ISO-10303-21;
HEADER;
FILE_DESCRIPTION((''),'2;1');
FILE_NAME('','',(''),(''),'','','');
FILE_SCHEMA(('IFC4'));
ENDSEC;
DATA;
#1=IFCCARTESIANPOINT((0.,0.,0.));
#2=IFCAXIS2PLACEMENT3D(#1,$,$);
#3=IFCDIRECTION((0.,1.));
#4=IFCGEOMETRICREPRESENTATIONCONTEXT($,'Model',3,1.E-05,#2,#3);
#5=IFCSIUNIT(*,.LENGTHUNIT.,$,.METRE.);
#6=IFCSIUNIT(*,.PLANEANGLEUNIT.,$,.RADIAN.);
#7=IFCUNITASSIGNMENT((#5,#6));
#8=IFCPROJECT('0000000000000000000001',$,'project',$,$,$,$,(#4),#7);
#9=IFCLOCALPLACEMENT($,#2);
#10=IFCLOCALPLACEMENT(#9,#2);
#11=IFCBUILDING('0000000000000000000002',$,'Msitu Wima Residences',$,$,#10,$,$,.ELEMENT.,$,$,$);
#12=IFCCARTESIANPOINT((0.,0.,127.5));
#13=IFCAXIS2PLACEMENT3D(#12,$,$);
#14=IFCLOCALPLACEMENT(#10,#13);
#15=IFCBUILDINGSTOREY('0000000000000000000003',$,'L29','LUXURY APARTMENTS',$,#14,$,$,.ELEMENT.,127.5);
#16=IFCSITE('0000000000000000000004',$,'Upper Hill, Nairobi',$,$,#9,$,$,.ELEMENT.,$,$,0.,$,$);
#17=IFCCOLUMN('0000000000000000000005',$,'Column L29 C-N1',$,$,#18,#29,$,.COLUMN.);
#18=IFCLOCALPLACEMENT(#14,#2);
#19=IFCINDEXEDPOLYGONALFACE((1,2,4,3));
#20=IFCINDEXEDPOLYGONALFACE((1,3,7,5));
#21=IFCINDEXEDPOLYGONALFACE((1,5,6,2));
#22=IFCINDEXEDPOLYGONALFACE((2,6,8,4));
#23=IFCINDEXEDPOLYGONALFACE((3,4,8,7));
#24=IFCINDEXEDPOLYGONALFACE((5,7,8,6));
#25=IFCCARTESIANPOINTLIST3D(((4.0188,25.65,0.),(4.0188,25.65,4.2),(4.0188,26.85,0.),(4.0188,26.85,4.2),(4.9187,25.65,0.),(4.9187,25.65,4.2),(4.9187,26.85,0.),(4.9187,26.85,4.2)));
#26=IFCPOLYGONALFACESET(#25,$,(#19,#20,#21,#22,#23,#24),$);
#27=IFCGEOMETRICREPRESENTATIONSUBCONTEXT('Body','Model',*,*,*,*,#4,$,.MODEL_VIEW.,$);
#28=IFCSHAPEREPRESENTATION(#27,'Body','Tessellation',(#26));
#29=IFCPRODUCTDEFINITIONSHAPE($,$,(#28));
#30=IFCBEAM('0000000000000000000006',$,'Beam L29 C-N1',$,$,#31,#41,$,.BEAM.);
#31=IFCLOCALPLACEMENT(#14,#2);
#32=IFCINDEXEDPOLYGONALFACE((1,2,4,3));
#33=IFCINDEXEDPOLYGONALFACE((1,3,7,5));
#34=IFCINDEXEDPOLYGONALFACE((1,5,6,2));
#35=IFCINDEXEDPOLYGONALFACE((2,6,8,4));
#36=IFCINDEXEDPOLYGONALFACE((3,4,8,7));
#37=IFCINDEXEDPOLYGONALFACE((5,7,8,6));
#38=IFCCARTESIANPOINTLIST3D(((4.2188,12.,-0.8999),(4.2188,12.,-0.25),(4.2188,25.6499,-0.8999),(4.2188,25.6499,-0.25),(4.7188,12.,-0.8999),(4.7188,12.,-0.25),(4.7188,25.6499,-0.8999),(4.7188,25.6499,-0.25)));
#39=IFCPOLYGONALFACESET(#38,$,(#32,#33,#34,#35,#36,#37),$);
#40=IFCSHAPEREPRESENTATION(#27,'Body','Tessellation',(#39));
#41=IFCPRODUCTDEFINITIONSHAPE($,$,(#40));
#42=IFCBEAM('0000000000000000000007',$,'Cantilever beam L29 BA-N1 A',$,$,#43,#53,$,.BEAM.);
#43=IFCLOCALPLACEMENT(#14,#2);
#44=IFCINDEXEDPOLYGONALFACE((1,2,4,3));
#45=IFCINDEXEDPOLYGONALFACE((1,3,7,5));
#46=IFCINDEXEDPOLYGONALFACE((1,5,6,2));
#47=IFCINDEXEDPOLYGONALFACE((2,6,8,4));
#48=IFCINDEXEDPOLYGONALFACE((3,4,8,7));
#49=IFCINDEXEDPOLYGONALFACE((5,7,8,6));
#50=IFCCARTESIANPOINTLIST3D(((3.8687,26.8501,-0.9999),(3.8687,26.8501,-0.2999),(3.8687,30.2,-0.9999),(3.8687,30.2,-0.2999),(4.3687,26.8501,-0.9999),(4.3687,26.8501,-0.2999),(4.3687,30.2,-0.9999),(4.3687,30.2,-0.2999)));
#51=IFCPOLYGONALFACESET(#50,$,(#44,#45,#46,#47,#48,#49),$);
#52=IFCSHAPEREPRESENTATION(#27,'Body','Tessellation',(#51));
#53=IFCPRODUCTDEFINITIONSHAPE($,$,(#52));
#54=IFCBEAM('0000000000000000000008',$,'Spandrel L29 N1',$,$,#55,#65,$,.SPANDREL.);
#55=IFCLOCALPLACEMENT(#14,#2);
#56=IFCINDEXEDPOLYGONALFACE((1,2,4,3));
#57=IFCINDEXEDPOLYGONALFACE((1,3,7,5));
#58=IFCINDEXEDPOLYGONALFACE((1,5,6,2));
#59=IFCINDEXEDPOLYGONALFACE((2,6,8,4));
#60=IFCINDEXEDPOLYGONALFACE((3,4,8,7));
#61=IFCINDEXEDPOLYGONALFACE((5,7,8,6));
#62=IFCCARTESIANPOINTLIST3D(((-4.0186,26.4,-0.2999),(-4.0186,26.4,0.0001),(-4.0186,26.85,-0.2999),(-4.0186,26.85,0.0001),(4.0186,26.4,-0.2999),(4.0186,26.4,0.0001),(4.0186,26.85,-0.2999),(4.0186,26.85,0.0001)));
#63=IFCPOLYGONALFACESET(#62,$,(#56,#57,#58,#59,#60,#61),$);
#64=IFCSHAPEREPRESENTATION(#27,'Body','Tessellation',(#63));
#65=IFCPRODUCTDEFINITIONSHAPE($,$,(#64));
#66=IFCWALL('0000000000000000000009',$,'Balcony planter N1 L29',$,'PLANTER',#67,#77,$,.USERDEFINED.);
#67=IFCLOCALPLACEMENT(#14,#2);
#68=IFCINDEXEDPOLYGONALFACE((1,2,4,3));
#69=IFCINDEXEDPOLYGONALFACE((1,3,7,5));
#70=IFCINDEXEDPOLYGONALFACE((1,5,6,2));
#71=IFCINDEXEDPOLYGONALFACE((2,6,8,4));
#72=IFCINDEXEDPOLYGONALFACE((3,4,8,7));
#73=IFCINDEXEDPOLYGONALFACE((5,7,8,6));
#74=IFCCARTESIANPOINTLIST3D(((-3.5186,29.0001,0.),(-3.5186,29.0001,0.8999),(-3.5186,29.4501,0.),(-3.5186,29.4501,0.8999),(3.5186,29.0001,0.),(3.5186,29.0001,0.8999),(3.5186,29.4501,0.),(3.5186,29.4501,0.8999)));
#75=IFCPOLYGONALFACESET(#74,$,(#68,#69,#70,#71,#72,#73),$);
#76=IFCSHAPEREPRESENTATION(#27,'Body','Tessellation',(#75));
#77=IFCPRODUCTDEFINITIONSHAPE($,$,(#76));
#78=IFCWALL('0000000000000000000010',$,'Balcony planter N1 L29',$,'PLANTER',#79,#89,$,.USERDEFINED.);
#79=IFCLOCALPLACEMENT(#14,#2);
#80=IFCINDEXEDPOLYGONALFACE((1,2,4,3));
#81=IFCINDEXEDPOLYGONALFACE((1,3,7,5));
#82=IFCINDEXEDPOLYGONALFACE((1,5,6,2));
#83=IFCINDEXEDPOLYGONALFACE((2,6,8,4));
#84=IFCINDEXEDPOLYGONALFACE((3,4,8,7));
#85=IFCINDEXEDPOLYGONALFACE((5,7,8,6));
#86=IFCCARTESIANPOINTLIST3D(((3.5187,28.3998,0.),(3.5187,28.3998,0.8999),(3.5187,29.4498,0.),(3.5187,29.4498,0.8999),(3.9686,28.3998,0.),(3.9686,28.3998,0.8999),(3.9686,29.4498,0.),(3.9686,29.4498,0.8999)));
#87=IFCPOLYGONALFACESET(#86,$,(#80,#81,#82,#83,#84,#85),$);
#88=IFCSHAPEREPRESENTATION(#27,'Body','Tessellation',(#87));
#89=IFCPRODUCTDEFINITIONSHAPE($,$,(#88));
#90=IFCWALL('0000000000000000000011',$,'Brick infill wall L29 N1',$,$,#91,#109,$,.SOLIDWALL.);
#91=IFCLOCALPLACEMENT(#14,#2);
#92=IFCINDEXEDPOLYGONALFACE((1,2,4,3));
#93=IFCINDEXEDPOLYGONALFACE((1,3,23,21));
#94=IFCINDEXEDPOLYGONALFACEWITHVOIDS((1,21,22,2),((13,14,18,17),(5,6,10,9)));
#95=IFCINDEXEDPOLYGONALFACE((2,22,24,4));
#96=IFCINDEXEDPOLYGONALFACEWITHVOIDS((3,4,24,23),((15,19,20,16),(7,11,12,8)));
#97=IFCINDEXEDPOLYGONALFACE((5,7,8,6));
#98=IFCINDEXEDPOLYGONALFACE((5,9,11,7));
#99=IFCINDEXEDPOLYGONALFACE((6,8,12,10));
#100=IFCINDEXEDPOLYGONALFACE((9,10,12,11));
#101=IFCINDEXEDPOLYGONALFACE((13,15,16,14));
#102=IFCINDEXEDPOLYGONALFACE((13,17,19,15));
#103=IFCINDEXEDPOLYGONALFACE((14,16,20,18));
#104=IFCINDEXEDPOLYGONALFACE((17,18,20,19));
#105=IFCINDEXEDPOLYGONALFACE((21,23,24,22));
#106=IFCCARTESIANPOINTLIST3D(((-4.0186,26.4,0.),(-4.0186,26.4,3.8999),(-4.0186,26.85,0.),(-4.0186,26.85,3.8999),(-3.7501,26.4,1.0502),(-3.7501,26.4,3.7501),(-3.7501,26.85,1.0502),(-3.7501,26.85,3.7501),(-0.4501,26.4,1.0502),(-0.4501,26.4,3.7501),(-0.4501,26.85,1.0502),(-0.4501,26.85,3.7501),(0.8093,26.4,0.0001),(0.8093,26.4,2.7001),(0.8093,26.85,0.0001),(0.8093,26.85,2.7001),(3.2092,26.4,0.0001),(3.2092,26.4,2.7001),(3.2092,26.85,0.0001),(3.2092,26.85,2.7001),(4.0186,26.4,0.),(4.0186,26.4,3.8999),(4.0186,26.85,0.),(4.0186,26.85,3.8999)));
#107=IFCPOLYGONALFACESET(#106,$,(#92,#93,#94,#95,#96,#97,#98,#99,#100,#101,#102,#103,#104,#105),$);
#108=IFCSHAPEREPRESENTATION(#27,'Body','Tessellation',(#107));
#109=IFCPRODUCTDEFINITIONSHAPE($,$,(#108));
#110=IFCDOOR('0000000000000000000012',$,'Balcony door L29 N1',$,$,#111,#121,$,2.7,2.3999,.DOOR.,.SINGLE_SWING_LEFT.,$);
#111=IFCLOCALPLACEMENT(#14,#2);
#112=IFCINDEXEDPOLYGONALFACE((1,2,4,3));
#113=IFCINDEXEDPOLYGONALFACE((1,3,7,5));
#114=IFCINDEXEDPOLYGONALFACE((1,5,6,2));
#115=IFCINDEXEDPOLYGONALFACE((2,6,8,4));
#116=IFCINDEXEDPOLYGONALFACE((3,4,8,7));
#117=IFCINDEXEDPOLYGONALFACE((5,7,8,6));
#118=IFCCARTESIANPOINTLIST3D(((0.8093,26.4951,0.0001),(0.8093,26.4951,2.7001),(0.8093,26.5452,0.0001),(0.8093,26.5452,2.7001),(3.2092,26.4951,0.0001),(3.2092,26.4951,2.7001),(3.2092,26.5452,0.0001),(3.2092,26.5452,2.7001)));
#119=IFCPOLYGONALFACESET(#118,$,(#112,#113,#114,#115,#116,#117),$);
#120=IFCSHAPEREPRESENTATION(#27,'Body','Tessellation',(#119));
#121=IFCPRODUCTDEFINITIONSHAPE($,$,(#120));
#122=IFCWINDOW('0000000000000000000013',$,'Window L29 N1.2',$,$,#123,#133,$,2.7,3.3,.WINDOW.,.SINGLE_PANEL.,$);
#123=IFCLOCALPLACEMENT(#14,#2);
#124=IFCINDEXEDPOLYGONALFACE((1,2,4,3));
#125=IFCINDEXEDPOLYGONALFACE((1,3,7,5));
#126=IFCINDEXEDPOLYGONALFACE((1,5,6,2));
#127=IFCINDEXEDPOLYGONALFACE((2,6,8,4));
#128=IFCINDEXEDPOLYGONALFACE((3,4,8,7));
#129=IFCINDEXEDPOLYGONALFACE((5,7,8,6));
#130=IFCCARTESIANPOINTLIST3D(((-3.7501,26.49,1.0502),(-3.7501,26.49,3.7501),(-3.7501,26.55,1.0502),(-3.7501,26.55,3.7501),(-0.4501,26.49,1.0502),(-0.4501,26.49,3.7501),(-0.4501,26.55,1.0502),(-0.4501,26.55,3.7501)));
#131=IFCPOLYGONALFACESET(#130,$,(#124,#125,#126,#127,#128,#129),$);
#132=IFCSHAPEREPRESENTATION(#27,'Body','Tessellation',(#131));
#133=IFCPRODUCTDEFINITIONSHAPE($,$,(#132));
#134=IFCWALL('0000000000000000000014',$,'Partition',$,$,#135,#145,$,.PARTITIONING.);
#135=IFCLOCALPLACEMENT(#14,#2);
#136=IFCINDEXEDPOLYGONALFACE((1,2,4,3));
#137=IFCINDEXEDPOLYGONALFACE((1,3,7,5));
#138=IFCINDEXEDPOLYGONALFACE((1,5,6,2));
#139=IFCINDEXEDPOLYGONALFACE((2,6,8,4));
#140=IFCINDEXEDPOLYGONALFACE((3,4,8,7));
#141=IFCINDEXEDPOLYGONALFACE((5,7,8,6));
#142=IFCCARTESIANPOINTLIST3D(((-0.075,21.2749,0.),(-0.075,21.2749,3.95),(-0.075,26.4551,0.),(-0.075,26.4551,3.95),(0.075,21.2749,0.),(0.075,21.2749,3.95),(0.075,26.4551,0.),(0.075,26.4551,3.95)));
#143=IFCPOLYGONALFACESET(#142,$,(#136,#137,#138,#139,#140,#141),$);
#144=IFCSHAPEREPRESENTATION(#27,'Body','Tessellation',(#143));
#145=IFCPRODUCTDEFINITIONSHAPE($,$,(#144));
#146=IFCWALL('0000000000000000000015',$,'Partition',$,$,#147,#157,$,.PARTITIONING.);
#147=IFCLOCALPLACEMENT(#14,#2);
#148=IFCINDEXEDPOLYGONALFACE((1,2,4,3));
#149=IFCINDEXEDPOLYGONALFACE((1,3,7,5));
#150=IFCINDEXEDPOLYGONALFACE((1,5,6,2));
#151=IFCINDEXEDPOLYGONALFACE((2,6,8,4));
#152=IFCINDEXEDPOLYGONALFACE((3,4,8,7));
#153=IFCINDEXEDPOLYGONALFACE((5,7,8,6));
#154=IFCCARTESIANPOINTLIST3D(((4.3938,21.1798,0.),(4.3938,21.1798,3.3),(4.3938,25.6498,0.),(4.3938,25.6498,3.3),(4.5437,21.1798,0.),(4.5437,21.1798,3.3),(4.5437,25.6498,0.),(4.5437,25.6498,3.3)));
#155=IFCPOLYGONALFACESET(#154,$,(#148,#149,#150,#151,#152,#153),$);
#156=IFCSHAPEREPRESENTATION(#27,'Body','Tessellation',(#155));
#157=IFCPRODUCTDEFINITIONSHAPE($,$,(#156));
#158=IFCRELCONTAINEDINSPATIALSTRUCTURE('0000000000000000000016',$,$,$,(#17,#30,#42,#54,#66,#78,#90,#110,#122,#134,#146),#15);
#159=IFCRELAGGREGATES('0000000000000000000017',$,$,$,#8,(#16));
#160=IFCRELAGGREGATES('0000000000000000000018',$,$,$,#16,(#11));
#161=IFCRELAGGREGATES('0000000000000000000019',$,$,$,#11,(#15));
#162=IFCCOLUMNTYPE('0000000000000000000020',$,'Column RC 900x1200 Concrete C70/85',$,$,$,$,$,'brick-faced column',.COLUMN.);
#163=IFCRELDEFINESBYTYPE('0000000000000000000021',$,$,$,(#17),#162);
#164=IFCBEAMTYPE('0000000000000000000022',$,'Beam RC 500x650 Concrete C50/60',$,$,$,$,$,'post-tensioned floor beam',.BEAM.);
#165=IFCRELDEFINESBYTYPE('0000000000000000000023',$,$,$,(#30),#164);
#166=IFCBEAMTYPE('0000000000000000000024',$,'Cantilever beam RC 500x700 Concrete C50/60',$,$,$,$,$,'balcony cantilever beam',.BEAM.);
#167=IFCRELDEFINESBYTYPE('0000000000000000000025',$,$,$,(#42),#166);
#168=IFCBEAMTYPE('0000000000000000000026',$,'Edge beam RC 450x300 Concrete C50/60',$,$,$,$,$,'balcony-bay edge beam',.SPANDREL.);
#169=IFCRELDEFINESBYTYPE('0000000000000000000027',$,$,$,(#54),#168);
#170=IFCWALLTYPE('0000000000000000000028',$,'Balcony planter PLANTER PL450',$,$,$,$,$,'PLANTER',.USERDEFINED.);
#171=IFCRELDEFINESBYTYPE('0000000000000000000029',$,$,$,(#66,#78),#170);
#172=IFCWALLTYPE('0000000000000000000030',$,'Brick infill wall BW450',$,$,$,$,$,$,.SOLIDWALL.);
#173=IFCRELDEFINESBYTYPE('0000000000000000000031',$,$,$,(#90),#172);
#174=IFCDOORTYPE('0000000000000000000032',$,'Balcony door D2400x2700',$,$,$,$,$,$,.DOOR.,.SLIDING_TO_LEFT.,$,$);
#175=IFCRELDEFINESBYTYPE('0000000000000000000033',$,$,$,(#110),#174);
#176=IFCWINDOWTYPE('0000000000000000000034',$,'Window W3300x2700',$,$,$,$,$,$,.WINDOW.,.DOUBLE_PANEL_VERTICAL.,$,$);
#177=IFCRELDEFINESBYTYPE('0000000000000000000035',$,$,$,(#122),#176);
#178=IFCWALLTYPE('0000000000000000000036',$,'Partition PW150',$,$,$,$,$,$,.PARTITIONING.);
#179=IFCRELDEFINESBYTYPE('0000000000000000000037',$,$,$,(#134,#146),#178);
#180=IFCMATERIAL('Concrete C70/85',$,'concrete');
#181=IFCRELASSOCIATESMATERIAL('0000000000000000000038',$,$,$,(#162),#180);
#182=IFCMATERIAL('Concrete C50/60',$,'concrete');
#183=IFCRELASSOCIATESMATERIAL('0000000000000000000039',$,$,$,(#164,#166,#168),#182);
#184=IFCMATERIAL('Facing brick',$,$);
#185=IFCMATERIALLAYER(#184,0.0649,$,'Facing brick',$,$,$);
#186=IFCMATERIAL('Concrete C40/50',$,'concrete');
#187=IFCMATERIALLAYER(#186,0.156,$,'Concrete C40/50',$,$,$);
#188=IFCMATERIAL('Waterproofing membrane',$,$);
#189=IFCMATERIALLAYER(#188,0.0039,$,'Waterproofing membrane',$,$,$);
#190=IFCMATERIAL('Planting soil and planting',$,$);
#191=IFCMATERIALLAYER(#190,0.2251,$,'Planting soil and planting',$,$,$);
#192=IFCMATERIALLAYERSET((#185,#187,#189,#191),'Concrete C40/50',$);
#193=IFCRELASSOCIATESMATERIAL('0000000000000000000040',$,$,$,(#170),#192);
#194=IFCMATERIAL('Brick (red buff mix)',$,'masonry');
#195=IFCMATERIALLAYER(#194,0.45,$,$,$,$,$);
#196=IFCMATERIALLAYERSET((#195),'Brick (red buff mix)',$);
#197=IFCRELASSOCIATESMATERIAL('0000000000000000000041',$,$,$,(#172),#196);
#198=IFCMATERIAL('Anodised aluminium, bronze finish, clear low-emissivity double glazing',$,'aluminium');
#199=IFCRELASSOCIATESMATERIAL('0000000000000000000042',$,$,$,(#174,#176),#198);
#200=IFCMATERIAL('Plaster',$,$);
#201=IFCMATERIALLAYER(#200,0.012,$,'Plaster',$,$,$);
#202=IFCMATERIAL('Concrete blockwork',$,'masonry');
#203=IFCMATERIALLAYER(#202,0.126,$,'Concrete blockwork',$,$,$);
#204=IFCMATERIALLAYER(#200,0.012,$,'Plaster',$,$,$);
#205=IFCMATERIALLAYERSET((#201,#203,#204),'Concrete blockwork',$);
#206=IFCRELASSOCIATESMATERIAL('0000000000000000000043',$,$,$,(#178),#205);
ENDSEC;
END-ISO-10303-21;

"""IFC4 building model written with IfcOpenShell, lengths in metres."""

from ifc_helpers import new_model, si_unit, direction, frame, frame_2d, origin, origin_2d, place, context, subcontext, project, spatial, rectangle, extrude, material, layer, layer_set, material_profile, profile_set, type_object, element, fill, save


model = new_model("IFC4")

# Units and contexts
model_context = context("Model", 3, precision=1e-05, world=origin(), true_north=direction((0.0, 1.0)))
body_context = subcontext(model_context, "Body", "Model", "MODEL_VIEW")
ifc_project = project(units=[si_unit("LENGTHUNIT", "METRE"), si_unit("PLANEANGLEUNIT", "RADIAN")], contexts=[model_context])

# Site, building, storey
site_placement = place(None, origin())
site = spatial("IfcSite", under=ifc_project, at=site_placement, Name="Upper Hill, Nairobi", CompositionType="ELEMENT", RefElevation=0.0)
building_placement = place(site_placement, origin())
building = spatial("IfcBuilding", under=site, at=building_placement, Name="Msitu Wima Residences", CompositionType="ELEMENT")
storey_placement = place(building_placement, frame((0.0, 0.0, 127.5)))
storey = spatial("IfcBuildingStorey", under=building, at=storey_placement, Name="L29", Description="LUXURY APARTMENTS", CompositionType="ELEMENT", Elevation=127.5)

# Column
ifc_material_1 = material(Name="Concrete C70/85", Category="concrete")
ifc_material_profile_1 = material_profile(ifc_material_1, rectangle(XDim=0.8999, YDim=1.2, at=origin_2d()), Name="RC 900x1200")
ifc_profile_set_1 = profile_set([ifc_material_profile_1], Name="Concrete C70/85")
column_type = type_object("IfcColumnType", Name="Column RC 900x1200 Concrete C70/85", ElementType="brick-faced column", PredefinedType="COLUMN", material=ifc_profile_set_1)
column_placement = place(storey_placement, frame((4.4688, 26.25, 0.0), z_axis=(0.0, 0.0, 1.0), x_axis=(-1.0, 0.0, 0.0)))
element("IfcColumn", 1, at=column_placement, inside=storey, type_object=column_type, Name="Column L29 C-N1", PredefinedType="COLUMN", context=body_context, shape_type="SweptSolid", body=[
    extrude(rectangle(XDim=0.8999, YDim=1.2, at=origin_2d()), origin(), (0.0, 0.0, 1.0), 4.2),
])

# Beams
ifc_material_2 = material(Name="Concrete C50/60", Category="concrete")
ifc_material_profile_2 = material_profile(ifc_material_2, rectangle(XDim=0.5, YDim=0.6499, at=origin_2d()), Name="RC 500x650")
ifc_profile_set_2 = profile_set([ifc_material_profile_2], Name="Concrete C50/60")
beam_type_1 = type_object("IfcBeamType", Name="Beam RC 500x650 Concrete C50/60", ElementType="post-tensioned floor beam", PredefinedType="BEAM", material=ifc_profile_set_2)
beam_1_placement = place(storey_placement, frame((4.4688, 25.6499, -0.575), z_axis=(0.0, -1.0, 0.0), x_axis=(1.0, 0.0, 0.0)))
element("IfcBeam", 2, at=beam_1_placement, inside=storey, type_object=beam_type_1, Name="Beam L29 C-N1", PredefinedType="BEAM", context=body_context, shape_type="SweptSolid", body=[
    extrude(rectangle(XDim=0.5, YDim=0.6499, at=origin_2d()), origin(), (0.0, 0.0, 1.0), 13.6499),
])
ifc_material_profile_3 = material_profile(ifc_material_2, rectangle(XDim=0.5, YDim=0.7, at=origin_2d()), Name="RC 500x700")
ifc_profile_set_3 = profile_set([ifc_material_profile_3], Name="Concrete C50/60")
beam_type_2 = type_object("IfcBeamType", Name="Cantilever beam RC 500x700 Concrete C50/60", ElementType="balcony cantilever beam", PredefinedType="BEAM", material=ifc_profile_set_3)
beam_2_placement = place(storey_placement, frame((4.1187, 26.8501, -0.6499), z_axis=(0.0, 1.0, 0.0), x_axis=(-1.0, 0.0, 0.0)))
element("IfcBeam", 3, at=beam_2_placement, inside=storey, type_object=beam_type_2, Name="Cantilever beam L29 BA-N1 A", PredefinedType="BEAM", context=body_context, shape_type="SweptSolid", body=[
    extrude(rectangle(XDim=0.5, YDim=0.7, at=origin_2d()), origin(), (0.0, 0.0, 1.0), 3.3499),
])
ifc_material_profile_4 = material_profile(ifc_material_2, rectangle(XDim=0.45, YDim=0.3, at=origin_2d()), Name="RC 450x300")
ifc_profile_set_4 = profile_set([ifc_material_profile_4], Name="Concrete C50/60")
beam_type_3 = type_object("IfcBeamType", Name="Edge beam RC 450x300 Concrete C50/60", ElementType="balcony-bay edge beam", PredefinedType="SPANDREL", material=ifc_profile_set_4)
beam_3_placement = place(storey_placement, frame((4.0186, 26.625, -0.1499), z_axis=(-1.0, 0.0, 0.0), x_axis=(0.0, -1.0, 0.0)))
element("IfcBeam", 4, at=beam_3_placement, inside=storey, type_object=beam_type_3, Name="Spandrel L29 N1", PredefinedType="SPANDREL", context=body_context, shape_type="SweptSolid", body=[
    extrude(rectangle(XDim=0.45, YDim=0.3, at=origin_2d()), origin(), (0.0, 0.0, 1.0), 8.0371),
])

# Walls
ifc_material_3 = material(Name="Facing brick")
ifc_layer_1 = layer(ifc_material_3, 0.0649, Name="Facing brick")
ifc_material_4 = material(Name="Concrete C40/50", Category="concrete")
ifc_layer_2 = layer(ifc_material_4, 0.156, Name="Concrete C40/50")
ifc_material_5 = material(Name="Waterproofing membrane")
ifc_layer_3 = layer(ifc_material_5, 0.0039, Name="Waterproofing membrane")
ifc_material_6 = material(Name="Planting soil and planting")
ifc_layer_4 = layer(ifc_material_6, 0.2251, Name="Planting soil and planting")
ifc_layer_set_1 = layer_set([ifc_layer_1, ifc_layer_2, ifc_layer_3, ifc_layer_4], Name="Concrete C40/50")
wall_type_1 = type_object("IfcWallType", Name="Balcony planter PLANTER PL450", ElementType="PLANTER", PredefinedType="USERDEFINED", material=ifc_layer_set_1)
wall_1_placement = place(storey_placement, frame((3.5186, 29.2251, 0.0), z_axis=(0.0, 0.0, 1.0), x_axis=(-1.0, 0.0, 0.0)))
element("IfcWall", 5, at=wall_1_placement, inside=storey, type_object=wall_type_1, Name="Balcony planter N1 L29", ObjectType="PLANTER", PredefinedType="USERDEFINED", context=body_context, shape_type="SweptSolid", body=[
    extrude(rectangle(XDim=7.0371, YDim=0.45, at=frame_2d((3.5186, 0.0))), origin(), (0.0, 0.0, 1.0), 0.8999),
])
wall_2_placement = place(storey_placement, frame((3.7437, 28.3999, 0.0), z_axis=(0.0, 0.0, 1.0), x_axis=(0.0, 1.0, 0.0)))
element("IfcWall", 6, at=wall_2_placement, inside=storey, type_object=wall_type_1, Name="Balcony planter N1 L29", ObjectType="PLANTER", PredefinedType="USERDEFINED", context=body_context, shape_type="SweptSolid", body=[
    extrude(rectangle(XDim=1.05, YDim=0.45, at=frame_2d((0.5249, 0.0))), origin(), (0.0, 0.0, 1.0), 0.8999),
])

# Wall, openings, door, window
ifc_material_7 = material(Name="Brick (red buff mix)", Category="masonry")
ifc_layer_5 = layer(ifc_material_7, 0.45)
ifc_layer_set_2 = layer_set([ifc_layer_5], Name="Brick (red buff mix)")
wall_type_2 = type_object("IfcWallType", Name="Brick infill wall BW450", PredefinedType="SOLIDWALL", material=ifc_layer_set_2)
wall_3_placement = place(storey_placement, frame((4.0186, 26.625, 0.0), z_axis=(0.0, 0.0, 1.0), x_axis=(-1.0, 0.0, 0.0)))
wall_3 = element("IfcWall", 7, at=wall_3_placement, inside=storey, type_object=wall_type_2, Name="Brick infill wall L29 N1", PredefinedType="SOLIDWALL", context=body_context, shape_type="SweptSolid", body=[
    extrude(rectangle(XDim=8.0371, YDim=0.45, at=frame_2d((4.0186, 0.0))), origin(), (0.0, 0.0, 1.0), 3.8999),
])
opening_1_placement = place(wall_3_placement, frame((0.8093, 0.0, 0.0)))
opening_1 = element("IfcOpeningElement", 8, at=opening_1_placement, cuts=wall_3, PredefinedType="OPENING", context=body_context, shape_type="SweptSolid", body=[
    extrude(rectangle(XDim=2.3999, YDim=2.7, at=frame_2d((1.2, 1.3501))), frame((0.0, 0.2349, 0.0), z_axis=(0.0, -1.0, 0.0), x_axis=(1.0, 0.0, 0.0)), (0.0, 0.0, 1.0), 0.47),
])
opening_2_placement = place(wall_3_placement, frame((4.4688, 0.0, 1.05)))
opening_2 = element("IfcOpeningElement", 9, at=opening_2_placement, cuts=wall_3, PredefinedType="OPENING", context=body_context, shape_type="SweptSolid", body=[
    extrude(rectangle(XDim=3.3, YDim=2.7, at=frame_2d((1.6499, 1.3501))), frame((0.0, 0.2349, 0.0), z_axis=(0.0, -1.0, 0.0), x_axis=(1.0, 0.0, 0.0)), (0.0, 0.0, 1.0), 0.47),
])
ifc_material_8 = material(Name="Anodised aluminium, bronze finish, clear low-emissivity double glazing", Category="aluminium")
door_type_1 = type_object("IfcDoorType", Name="Balcony door D2400x2700", OperationType="SLIDING_TO_LEFT", PredefinedType="DOOR", material=ifc_material_8)
door_1_placement = place(opening_1_placement, origin())
door_1 = element("IfcDoor", 10, at=door_1_placement, inside=storey, type_object=door_type_1, Name="Balcony door L29 N1", OperationType="SINGLE_SWING_LEFT", OverallHeight=2.7, OverallWidth=2.3999, PredefinedType="DOOR", context=body_context, shape_type="SweptSolid", body=[
    extrude(rectangle(XDim=2.3999, YDim=2.7, at=frame_2d((1.2, 1.3501))), frame((0.0, 0.1299, 0.0), z_axis=(0.0, -1.0, 0.0), x_axis=(1.0, 0.0, 0.0)), (0.0, 0.0, 1.0), 0.05),
])
fill(opening_1, door_1)
window_type = type_object("IfcWindowType", Name="Window W3300x2700", PartitioningType="DOUBLE_PANEL_VERTICAL", PredefinedType="WINDOW", material=ifc_material_8)
window_placement = place(opening_2_placement, origin())
window = element("IfcWindow", 11, at=window_placement, inside=storey, type_object=window_type, Name="Window L29 N1.2", OverallHeight=2.7, OverallWidth=3.3, PartitioningType="SINGLE_PANEL", PredefinedType="WINDOW", context=body_context, shape_type="SweptSolid", body=[
    extrude(rectangle(XDim=3.3, YDim=2.7, at=frame_2d((1.6499, 1.3501))), frame((0.0, 0.135, 0.0), z_axis=(0.0, -1.0, 0.0), x_axis=(1.0, 0.0, 0.0)), (0.0, 0.0, 1.0), 0.0601),
])
fill(opening_2, window)

# Walls
ifc_material_9 = material(Name="Plaster")
ifc_layer_6 = layer(ifc_material_9, 0.012, Name="Plaster")
ifc_material_10 = material(Name="Concrete blockwork", Category="masonry")
ifc_layer_7 = layer(ifc_material_10, 0.126, Name="Concrete blockwork")
ifc_layer_8 = layer(ifc_material_9, 0.012, Name="Plaster")
ifc_layer_set_3 = layer_set([ifc_layer_6, ifc_layer_7, ifc_layer_8], Name="Concrete blockwork")
wall_type_3 = type_object("IfcWallType", Name="Partition PW150", PredefinedType="PARTITIONING", material=ifc_layer_set_3)
wall_4_placement = place(storey_placement, frame((0.0, 21.2749, 0.0), z_axis=(0.0, 0.0, 1.0), x_axis=(0.0, 1.0, 0.0)))
element("IfcWall", 12, at=wall_4_placement, inside=storey, type_object=wall_type_3, Name="Partition", PredefinedType="PARTITIONING", context=body_context, shape_type="SweptSolid", body=[
    extrude(rectangle(XDim=5.1802, YDim=0.1499, at=frame_2d((2.5901, 0.0))), origin(), (0.0, 0.0, 1.0), 3.95),
])
wall_5_placement = place(storey_placement, frame((4.4688, 21.1799, 0.0), z_axis=(0.0, 0.0, 1.0), x_axis=(0.0, 1.0, 0.0)))
element("IfcWall", 13, at=wall_5_placement, inside=storey, type_object=wall_type_3, Name="Partition", PredefinedType="PARTITIONING", context=body_context, shape_type="SweptSolid", body=[
    extrude(rectangle(XDim=4.47, YDim=0.1499, at=frame_2d((2.2349, 0.0))), origin(), (0.0, 0.0, 1.0), 3.3),
])

save(model, "model.ifc")
